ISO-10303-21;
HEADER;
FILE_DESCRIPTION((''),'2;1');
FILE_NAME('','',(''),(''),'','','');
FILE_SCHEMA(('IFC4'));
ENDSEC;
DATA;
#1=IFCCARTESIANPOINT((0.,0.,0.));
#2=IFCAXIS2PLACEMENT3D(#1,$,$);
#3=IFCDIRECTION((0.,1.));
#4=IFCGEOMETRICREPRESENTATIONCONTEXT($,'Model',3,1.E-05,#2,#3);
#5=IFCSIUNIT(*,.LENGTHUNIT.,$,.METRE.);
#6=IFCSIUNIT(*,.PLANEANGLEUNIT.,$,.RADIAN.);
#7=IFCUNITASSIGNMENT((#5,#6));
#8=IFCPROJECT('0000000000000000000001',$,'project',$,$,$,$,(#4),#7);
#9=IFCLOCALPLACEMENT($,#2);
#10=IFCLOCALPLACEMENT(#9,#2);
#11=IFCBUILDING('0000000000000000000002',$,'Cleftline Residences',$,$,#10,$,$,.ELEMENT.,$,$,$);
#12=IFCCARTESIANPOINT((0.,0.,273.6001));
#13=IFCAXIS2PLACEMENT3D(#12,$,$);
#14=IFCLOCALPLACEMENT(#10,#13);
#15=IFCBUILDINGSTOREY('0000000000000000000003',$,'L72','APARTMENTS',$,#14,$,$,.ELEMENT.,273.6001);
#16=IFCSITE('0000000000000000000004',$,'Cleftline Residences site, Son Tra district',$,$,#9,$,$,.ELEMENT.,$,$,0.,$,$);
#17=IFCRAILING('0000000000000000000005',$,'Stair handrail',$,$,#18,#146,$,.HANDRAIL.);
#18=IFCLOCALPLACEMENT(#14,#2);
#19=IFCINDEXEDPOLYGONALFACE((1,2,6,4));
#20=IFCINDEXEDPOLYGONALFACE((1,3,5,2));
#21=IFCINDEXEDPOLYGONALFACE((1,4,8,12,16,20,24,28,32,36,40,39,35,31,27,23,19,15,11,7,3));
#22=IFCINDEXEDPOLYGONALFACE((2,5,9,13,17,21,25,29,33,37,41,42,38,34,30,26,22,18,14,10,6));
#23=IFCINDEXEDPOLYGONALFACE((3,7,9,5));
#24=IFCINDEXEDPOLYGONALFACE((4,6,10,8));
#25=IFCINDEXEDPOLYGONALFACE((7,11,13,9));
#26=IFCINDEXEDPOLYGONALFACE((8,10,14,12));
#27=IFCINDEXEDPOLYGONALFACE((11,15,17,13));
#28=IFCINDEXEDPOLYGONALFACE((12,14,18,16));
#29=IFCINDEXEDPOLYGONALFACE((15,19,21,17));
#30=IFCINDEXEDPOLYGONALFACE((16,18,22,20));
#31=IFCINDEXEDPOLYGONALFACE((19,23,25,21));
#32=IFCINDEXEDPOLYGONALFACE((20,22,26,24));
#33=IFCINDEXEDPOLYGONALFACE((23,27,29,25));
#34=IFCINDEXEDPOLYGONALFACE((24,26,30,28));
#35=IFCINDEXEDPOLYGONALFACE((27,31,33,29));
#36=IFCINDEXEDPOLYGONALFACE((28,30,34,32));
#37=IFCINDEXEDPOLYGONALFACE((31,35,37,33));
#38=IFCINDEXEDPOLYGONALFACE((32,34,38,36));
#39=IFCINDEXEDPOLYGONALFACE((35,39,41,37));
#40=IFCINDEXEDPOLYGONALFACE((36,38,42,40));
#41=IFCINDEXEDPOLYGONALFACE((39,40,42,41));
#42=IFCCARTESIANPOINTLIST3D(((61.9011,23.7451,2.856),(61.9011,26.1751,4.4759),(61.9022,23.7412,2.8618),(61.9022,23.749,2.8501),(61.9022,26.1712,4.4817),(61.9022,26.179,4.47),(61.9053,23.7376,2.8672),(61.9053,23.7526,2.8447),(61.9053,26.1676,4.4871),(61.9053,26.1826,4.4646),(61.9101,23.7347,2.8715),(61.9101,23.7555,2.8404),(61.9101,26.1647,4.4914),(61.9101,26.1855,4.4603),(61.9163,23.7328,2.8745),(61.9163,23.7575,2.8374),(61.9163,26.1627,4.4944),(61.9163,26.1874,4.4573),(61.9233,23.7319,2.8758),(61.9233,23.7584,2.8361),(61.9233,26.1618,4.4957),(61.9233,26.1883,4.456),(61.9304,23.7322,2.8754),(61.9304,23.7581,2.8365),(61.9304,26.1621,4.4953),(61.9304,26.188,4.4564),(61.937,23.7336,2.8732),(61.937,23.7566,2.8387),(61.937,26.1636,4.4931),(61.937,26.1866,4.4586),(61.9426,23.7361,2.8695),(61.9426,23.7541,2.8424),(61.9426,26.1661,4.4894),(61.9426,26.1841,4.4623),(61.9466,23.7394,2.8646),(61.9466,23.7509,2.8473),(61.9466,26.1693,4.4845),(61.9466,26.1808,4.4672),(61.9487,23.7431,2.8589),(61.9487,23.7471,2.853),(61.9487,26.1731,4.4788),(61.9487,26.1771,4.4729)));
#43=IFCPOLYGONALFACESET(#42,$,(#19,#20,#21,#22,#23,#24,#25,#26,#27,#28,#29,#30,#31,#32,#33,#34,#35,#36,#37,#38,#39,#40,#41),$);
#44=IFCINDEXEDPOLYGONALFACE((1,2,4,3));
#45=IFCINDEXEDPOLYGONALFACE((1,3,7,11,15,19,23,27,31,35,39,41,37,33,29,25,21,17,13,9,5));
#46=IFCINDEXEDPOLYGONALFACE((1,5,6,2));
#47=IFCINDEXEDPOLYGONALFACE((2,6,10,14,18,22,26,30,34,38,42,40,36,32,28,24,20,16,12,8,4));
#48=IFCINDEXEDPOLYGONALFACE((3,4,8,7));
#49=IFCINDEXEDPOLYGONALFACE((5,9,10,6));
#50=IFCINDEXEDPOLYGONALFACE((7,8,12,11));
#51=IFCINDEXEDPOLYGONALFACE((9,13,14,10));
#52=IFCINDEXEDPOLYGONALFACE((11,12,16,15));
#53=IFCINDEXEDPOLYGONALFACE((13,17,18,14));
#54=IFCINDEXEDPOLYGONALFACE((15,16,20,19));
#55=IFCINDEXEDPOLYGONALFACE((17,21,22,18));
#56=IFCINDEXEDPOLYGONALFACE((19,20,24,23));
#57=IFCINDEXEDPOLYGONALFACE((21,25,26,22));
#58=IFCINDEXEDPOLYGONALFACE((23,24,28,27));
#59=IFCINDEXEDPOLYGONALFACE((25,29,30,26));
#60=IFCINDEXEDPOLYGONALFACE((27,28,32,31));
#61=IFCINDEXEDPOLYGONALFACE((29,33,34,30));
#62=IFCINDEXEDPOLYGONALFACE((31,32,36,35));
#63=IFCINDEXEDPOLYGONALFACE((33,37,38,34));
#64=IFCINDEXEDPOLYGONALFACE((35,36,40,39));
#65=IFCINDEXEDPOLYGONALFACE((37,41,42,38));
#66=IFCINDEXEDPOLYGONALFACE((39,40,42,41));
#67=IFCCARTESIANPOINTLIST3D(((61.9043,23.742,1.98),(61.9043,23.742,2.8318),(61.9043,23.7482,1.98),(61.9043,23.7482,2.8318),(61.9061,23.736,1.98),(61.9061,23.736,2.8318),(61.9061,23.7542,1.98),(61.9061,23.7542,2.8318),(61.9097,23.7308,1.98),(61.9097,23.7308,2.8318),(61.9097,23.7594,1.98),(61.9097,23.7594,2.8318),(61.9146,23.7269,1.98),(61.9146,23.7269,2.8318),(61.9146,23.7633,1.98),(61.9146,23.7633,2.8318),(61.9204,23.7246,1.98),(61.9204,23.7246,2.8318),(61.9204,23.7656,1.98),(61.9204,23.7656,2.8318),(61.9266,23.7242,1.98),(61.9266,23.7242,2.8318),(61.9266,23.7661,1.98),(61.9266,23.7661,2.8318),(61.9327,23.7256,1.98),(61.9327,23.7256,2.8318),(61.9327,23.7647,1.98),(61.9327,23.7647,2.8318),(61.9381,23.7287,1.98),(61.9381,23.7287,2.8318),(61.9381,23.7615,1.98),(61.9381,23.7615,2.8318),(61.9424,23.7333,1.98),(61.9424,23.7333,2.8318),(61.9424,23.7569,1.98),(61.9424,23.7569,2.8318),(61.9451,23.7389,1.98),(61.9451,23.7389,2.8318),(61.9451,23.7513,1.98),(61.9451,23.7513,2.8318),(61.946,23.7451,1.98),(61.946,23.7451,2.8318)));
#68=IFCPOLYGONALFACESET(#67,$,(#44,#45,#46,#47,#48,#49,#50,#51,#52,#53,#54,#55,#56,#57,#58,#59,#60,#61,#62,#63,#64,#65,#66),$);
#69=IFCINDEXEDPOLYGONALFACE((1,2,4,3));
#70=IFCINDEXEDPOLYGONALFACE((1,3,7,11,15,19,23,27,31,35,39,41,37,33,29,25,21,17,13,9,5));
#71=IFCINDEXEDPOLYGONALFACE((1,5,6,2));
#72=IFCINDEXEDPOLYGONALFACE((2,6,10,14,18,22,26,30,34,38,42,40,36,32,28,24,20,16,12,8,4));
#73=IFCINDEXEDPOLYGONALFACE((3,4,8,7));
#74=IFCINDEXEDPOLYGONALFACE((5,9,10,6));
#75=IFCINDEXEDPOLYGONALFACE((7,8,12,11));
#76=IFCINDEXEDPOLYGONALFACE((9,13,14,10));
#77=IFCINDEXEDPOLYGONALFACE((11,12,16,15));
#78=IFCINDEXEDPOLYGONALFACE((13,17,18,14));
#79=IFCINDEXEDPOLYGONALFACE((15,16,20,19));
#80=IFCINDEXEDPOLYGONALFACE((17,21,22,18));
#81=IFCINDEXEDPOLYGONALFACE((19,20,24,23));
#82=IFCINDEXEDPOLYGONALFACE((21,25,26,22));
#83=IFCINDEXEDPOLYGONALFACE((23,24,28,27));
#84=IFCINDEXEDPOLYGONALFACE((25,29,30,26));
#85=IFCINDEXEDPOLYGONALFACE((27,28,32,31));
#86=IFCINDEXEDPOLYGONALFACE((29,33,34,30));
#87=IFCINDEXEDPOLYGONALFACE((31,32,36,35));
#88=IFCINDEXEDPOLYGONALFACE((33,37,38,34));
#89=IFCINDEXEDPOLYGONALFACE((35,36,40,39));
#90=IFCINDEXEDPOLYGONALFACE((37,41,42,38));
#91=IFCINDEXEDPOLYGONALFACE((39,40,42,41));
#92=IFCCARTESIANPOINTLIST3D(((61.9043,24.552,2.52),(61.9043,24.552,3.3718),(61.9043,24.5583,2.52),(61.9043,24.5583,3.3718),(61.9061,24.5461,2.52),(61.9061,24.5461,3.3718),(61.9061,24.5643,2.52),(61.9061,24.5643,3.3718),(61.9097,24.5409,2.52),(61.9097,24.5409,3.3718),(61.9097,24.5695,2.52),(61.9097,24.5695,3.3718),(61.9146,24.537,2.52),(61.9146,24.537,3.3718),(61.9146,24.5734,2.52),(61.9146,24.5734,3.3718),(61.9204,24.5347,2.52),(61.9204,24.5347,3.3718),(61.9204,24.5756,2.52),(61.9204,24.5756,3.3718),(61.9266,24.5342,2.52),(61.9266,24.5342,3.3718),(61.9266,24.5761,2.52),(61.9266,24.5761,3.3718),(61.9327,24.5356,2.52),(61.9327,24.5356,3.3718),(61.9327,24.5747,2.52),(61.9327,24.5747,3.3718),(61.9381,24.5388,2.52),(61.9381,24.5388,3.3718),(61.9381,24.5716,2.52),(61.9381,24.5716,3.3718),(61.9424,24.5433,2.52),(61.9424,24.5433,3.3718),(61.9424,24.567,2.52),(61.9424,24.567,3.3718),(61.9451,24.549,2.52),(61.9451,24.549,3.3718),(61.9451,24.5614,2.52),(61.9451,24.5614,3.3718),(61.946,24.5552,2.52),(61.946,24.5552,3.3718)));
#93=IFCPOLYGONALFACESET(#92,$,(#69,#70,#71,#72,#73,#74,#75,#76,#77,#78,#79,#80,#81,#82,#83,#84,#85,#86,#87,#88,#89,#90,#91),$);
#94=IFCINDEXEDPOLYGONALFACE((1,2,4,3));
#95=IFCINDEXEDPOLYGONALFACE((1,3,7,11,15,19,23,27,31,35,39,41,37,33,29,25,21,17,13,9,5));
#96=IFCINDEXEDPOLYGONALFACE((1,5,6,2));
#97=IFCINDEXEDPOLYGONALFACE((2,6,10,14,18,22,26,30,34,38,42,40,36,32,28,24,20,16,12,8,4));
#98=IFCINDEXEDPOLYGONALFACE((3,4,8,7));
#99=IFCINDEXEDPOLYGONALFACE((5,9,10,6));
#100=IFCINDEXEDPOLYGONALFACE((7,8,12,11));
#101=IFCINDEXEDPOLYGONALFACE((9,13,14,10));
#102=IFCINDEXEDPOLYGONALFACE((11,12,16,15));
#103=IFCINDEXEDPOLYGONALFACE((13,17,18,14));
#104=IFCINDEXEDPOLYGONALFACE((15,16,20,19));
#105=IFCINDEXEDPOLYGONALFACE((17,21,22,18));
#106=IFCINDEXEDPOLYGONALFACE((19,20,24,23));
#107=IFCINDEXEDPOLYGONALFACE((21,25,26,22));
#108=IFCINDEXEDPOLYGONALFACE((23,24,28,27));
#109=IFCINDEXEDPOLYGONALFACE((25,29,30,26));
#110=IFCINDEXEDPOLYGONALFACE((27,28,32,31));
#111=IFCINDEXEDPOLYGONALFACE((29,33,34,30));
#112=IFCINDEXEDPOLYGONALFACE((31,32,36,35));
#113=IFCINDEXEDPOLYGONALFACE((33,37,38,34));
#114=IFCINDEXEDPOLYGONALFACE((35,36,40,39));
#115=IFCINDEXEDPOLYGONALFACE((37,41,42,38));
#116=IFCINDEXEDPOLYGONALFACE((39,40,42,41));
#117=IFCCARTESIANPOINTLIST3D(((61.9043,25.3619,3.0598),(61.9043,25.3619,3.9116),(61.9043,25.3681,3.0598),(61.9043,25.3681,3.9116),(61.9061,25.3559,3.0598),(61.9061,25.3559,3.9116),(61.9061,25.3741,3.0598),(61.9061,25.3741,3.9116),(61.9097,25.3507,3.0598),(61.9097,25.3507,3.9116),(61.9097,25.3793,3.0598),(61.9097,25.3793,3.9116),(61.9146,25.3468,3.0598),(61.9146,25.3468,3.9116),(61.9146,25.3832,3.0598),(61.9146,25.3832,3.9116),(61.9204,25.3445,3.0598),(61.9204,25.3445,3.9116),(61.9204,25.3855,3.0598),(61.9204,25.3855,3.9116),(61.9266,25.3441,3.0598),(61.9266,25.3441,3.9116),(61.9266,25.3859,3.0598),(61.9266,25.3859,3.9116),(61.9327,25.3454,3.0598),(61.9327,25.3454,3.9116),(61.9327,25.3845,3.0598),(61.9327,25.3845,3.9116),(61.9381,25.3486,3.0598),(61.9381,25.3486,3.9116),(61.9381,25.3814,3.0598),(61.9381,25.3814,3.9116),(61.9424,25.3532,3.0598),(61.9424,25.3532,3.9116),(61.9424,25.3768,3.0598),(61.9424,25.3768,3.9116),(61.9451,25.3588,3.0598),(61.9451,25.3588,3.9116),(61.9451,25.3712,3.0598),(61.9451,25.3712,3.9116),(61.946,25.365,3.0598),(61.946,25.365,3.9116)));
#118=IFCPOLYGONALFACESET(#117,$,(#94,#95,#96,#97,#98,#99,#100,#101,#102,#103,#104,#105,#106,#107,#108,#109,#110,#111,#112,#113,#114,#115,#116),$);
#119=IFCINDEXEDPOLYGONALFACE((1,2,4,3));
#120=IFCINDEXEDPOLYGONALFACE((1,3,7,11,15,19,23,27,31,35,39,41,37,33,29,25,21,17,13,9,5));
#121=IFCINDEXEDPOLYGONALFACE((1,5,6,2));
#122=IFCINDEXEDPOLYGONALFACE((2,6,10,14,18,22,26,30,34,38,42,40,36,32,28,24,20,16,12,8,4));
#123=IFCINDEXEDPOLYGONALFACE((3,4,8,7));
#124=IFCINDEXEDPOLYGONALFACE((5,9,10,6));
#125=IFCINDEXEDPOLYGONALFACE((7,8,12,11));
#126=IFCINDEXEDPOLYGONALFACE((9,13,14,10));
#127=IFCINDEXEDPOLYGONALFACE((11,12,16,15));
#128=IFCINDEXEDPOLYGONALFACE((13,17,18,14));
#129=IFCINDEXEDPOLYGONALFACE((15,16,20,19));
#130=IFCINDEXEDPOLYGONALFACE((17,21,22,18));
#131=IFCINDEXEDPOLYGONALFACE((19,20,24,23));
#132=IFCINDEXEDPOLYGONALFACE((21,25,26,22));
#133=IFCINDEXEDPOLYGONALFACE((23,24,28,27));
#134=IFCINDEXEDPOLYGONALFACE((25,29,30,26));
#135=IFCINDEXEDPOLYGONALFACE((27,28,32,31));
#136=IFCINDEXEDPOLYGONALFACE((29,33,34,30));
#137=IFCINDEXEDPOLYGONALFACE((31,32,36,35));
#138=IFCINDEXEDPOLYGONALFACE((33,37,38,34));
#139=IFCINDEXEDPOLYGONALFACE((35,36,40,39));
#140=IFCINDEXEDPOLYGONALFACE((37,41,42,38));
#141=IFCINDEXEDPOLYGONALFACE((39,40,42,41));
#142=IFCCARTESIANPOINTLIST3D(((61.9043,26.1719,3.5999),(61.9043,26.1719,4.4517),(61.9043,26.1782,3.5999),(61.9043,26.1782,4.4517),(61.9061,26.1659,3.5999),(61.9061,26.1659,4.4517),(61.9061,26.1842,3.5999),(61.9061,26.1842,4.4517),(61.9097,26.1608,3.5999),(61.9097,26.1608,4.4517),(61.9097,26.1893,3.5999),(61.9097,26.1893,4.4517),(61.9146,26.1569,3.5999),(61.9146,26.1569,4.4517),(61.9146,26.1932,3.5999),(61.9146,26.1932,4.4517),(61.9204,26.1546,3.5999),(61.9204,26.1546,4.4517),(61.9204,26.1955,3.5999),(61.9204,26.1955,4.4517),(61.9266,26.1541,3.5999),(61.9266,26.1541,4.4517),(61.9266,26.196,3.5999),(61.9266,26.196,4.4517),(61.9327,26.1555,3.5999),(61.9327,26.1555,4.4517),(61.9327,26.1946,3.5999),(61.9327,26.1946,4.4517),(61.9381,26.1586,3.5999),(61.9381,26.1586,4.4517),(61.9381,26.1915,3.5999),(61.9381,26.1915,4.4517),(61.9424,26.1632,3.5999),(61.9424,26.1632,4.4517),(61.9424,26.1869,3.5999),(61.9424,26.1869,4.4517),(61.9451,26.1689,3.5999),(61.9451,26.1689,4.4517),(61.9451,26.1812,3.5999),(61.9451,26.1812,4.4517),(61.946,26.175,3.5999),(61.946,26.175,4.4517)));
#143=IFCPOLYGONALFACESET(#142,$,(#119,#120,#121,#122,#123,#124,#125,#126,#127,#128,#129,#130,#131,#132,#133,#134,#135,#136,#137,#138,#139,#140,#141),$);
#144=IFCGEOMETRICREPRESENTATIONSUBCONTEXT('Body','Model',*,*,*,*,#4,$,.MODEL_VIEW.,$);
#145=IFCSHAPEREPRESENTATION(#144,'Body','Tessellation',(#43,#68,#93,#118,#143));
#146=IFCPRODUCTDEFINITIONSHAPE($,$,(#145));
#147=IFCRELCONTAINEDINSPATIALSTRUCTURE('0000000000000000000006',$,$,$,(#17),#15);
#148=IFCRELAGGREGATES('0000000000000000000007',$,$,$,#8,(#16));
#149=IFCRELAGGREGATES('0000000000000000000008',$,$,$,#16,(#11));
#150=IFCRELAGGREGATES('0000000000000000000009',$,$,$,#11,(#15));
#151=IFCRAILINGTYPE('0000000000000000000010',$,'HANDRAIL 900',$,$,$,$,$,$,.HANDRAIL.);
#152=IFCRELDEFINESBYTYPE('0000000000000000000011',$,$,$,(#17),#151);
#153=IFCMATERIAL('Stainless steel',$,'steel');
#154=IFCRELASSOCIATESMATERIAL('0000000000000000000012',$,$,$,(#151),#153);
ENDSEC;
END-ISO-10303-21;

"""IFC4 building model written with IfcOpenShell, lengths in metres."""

from ifc_helpers import new_model, si_unit, direction, frame, origin, origin_2d, place, context, subcontext, project, spatial, circle, extrude, material, type_object, element, save


model = new_model("IFC4")

# Units and contexts
model_context = context("Model", 3, precision=1e-05, world=origin(), true_north=direction((0.0, 1.0)))
body_context = subcontext(model_context, "Body", "Model", "MODEL_VIEW")
ifc_project = project(units=[si_unit("LENGTHUNIT", "METRE"), si_unit("PLANEANGLEUNIT", "RADIAN")], contexts=[model_context])

# Site, building, storey
site_placement = place(None, origin())
site = spatial("IfcSite", under=ifc_project, at=site_placement, Name="Cleftline Residences site, Son Tra district", CompositionType="ELEMENT", RefElevation=0.0)
building_placement = place(site_placement, origin())
building = spatial("IfcBuilding", under=site, at=building_placement, Name="Cleftline Residences", CompositionType="ELEMENT")
storey_placement = place(building_placement, frame((0.0, 0.0, 273.6001)))
storey = spatial("IfcBuildingStorey", under=building, at=storey_placement, Name="L72", Description="APARTMENTS", CompositionType="ELEMENT", Elevation=273.6001)

# Railing
ifc_material_1 = material(Name="Stainless steel", Category="steel")
railing_type = type_object("IfcRailingType", Name="HANDRAIL 900", PredefinedType="HANDRAIL", material=ifc_material_1)
railing_placement = place(storey_placement, frame((61.925, 23.7451, 1.98)))
element("IfcRailing", 1, at=railing_placement, inside=storey, type_object=railing_type, Name="Stair handrail", PredefinedType="HANDRAIL", context=body_context, shape_type="SweptSolid", body=[
    extrude(circle(Radius=0.0239, at=origin_2d()), frame((0.0, 0.0, 0.876), z_axis=(0.0, 0.832063, 0.554681), x_axis=(-1.0, 0.0, 0.0)), (0.0, 0.0, 1.0), 2.9204),
    extrude(circle(Radius=0.021, at=origin_2d()), origin(), (0.0, 0.0, 1.0), 0.8518),
    extrude(circle(Radius=0.021, at=origin_2d()), frame((0.0, 0.8101, 0.54)), (0.0, 0.0, 1.0), 0.8518),
    extrude(circle(Radius=0.021, at=origin_2d()), frame((0.0, 1.6199, 1.0798)), (0.0, 0.0, 1.0), 0.8518),
    extrude(circle(Radius=0.021, at=origin_2d()), frame((0.0, 2.4299, 1.6199)), (0.0, 0.0, 1.0), 0.8518),
])

save(model, "model.ifc")
